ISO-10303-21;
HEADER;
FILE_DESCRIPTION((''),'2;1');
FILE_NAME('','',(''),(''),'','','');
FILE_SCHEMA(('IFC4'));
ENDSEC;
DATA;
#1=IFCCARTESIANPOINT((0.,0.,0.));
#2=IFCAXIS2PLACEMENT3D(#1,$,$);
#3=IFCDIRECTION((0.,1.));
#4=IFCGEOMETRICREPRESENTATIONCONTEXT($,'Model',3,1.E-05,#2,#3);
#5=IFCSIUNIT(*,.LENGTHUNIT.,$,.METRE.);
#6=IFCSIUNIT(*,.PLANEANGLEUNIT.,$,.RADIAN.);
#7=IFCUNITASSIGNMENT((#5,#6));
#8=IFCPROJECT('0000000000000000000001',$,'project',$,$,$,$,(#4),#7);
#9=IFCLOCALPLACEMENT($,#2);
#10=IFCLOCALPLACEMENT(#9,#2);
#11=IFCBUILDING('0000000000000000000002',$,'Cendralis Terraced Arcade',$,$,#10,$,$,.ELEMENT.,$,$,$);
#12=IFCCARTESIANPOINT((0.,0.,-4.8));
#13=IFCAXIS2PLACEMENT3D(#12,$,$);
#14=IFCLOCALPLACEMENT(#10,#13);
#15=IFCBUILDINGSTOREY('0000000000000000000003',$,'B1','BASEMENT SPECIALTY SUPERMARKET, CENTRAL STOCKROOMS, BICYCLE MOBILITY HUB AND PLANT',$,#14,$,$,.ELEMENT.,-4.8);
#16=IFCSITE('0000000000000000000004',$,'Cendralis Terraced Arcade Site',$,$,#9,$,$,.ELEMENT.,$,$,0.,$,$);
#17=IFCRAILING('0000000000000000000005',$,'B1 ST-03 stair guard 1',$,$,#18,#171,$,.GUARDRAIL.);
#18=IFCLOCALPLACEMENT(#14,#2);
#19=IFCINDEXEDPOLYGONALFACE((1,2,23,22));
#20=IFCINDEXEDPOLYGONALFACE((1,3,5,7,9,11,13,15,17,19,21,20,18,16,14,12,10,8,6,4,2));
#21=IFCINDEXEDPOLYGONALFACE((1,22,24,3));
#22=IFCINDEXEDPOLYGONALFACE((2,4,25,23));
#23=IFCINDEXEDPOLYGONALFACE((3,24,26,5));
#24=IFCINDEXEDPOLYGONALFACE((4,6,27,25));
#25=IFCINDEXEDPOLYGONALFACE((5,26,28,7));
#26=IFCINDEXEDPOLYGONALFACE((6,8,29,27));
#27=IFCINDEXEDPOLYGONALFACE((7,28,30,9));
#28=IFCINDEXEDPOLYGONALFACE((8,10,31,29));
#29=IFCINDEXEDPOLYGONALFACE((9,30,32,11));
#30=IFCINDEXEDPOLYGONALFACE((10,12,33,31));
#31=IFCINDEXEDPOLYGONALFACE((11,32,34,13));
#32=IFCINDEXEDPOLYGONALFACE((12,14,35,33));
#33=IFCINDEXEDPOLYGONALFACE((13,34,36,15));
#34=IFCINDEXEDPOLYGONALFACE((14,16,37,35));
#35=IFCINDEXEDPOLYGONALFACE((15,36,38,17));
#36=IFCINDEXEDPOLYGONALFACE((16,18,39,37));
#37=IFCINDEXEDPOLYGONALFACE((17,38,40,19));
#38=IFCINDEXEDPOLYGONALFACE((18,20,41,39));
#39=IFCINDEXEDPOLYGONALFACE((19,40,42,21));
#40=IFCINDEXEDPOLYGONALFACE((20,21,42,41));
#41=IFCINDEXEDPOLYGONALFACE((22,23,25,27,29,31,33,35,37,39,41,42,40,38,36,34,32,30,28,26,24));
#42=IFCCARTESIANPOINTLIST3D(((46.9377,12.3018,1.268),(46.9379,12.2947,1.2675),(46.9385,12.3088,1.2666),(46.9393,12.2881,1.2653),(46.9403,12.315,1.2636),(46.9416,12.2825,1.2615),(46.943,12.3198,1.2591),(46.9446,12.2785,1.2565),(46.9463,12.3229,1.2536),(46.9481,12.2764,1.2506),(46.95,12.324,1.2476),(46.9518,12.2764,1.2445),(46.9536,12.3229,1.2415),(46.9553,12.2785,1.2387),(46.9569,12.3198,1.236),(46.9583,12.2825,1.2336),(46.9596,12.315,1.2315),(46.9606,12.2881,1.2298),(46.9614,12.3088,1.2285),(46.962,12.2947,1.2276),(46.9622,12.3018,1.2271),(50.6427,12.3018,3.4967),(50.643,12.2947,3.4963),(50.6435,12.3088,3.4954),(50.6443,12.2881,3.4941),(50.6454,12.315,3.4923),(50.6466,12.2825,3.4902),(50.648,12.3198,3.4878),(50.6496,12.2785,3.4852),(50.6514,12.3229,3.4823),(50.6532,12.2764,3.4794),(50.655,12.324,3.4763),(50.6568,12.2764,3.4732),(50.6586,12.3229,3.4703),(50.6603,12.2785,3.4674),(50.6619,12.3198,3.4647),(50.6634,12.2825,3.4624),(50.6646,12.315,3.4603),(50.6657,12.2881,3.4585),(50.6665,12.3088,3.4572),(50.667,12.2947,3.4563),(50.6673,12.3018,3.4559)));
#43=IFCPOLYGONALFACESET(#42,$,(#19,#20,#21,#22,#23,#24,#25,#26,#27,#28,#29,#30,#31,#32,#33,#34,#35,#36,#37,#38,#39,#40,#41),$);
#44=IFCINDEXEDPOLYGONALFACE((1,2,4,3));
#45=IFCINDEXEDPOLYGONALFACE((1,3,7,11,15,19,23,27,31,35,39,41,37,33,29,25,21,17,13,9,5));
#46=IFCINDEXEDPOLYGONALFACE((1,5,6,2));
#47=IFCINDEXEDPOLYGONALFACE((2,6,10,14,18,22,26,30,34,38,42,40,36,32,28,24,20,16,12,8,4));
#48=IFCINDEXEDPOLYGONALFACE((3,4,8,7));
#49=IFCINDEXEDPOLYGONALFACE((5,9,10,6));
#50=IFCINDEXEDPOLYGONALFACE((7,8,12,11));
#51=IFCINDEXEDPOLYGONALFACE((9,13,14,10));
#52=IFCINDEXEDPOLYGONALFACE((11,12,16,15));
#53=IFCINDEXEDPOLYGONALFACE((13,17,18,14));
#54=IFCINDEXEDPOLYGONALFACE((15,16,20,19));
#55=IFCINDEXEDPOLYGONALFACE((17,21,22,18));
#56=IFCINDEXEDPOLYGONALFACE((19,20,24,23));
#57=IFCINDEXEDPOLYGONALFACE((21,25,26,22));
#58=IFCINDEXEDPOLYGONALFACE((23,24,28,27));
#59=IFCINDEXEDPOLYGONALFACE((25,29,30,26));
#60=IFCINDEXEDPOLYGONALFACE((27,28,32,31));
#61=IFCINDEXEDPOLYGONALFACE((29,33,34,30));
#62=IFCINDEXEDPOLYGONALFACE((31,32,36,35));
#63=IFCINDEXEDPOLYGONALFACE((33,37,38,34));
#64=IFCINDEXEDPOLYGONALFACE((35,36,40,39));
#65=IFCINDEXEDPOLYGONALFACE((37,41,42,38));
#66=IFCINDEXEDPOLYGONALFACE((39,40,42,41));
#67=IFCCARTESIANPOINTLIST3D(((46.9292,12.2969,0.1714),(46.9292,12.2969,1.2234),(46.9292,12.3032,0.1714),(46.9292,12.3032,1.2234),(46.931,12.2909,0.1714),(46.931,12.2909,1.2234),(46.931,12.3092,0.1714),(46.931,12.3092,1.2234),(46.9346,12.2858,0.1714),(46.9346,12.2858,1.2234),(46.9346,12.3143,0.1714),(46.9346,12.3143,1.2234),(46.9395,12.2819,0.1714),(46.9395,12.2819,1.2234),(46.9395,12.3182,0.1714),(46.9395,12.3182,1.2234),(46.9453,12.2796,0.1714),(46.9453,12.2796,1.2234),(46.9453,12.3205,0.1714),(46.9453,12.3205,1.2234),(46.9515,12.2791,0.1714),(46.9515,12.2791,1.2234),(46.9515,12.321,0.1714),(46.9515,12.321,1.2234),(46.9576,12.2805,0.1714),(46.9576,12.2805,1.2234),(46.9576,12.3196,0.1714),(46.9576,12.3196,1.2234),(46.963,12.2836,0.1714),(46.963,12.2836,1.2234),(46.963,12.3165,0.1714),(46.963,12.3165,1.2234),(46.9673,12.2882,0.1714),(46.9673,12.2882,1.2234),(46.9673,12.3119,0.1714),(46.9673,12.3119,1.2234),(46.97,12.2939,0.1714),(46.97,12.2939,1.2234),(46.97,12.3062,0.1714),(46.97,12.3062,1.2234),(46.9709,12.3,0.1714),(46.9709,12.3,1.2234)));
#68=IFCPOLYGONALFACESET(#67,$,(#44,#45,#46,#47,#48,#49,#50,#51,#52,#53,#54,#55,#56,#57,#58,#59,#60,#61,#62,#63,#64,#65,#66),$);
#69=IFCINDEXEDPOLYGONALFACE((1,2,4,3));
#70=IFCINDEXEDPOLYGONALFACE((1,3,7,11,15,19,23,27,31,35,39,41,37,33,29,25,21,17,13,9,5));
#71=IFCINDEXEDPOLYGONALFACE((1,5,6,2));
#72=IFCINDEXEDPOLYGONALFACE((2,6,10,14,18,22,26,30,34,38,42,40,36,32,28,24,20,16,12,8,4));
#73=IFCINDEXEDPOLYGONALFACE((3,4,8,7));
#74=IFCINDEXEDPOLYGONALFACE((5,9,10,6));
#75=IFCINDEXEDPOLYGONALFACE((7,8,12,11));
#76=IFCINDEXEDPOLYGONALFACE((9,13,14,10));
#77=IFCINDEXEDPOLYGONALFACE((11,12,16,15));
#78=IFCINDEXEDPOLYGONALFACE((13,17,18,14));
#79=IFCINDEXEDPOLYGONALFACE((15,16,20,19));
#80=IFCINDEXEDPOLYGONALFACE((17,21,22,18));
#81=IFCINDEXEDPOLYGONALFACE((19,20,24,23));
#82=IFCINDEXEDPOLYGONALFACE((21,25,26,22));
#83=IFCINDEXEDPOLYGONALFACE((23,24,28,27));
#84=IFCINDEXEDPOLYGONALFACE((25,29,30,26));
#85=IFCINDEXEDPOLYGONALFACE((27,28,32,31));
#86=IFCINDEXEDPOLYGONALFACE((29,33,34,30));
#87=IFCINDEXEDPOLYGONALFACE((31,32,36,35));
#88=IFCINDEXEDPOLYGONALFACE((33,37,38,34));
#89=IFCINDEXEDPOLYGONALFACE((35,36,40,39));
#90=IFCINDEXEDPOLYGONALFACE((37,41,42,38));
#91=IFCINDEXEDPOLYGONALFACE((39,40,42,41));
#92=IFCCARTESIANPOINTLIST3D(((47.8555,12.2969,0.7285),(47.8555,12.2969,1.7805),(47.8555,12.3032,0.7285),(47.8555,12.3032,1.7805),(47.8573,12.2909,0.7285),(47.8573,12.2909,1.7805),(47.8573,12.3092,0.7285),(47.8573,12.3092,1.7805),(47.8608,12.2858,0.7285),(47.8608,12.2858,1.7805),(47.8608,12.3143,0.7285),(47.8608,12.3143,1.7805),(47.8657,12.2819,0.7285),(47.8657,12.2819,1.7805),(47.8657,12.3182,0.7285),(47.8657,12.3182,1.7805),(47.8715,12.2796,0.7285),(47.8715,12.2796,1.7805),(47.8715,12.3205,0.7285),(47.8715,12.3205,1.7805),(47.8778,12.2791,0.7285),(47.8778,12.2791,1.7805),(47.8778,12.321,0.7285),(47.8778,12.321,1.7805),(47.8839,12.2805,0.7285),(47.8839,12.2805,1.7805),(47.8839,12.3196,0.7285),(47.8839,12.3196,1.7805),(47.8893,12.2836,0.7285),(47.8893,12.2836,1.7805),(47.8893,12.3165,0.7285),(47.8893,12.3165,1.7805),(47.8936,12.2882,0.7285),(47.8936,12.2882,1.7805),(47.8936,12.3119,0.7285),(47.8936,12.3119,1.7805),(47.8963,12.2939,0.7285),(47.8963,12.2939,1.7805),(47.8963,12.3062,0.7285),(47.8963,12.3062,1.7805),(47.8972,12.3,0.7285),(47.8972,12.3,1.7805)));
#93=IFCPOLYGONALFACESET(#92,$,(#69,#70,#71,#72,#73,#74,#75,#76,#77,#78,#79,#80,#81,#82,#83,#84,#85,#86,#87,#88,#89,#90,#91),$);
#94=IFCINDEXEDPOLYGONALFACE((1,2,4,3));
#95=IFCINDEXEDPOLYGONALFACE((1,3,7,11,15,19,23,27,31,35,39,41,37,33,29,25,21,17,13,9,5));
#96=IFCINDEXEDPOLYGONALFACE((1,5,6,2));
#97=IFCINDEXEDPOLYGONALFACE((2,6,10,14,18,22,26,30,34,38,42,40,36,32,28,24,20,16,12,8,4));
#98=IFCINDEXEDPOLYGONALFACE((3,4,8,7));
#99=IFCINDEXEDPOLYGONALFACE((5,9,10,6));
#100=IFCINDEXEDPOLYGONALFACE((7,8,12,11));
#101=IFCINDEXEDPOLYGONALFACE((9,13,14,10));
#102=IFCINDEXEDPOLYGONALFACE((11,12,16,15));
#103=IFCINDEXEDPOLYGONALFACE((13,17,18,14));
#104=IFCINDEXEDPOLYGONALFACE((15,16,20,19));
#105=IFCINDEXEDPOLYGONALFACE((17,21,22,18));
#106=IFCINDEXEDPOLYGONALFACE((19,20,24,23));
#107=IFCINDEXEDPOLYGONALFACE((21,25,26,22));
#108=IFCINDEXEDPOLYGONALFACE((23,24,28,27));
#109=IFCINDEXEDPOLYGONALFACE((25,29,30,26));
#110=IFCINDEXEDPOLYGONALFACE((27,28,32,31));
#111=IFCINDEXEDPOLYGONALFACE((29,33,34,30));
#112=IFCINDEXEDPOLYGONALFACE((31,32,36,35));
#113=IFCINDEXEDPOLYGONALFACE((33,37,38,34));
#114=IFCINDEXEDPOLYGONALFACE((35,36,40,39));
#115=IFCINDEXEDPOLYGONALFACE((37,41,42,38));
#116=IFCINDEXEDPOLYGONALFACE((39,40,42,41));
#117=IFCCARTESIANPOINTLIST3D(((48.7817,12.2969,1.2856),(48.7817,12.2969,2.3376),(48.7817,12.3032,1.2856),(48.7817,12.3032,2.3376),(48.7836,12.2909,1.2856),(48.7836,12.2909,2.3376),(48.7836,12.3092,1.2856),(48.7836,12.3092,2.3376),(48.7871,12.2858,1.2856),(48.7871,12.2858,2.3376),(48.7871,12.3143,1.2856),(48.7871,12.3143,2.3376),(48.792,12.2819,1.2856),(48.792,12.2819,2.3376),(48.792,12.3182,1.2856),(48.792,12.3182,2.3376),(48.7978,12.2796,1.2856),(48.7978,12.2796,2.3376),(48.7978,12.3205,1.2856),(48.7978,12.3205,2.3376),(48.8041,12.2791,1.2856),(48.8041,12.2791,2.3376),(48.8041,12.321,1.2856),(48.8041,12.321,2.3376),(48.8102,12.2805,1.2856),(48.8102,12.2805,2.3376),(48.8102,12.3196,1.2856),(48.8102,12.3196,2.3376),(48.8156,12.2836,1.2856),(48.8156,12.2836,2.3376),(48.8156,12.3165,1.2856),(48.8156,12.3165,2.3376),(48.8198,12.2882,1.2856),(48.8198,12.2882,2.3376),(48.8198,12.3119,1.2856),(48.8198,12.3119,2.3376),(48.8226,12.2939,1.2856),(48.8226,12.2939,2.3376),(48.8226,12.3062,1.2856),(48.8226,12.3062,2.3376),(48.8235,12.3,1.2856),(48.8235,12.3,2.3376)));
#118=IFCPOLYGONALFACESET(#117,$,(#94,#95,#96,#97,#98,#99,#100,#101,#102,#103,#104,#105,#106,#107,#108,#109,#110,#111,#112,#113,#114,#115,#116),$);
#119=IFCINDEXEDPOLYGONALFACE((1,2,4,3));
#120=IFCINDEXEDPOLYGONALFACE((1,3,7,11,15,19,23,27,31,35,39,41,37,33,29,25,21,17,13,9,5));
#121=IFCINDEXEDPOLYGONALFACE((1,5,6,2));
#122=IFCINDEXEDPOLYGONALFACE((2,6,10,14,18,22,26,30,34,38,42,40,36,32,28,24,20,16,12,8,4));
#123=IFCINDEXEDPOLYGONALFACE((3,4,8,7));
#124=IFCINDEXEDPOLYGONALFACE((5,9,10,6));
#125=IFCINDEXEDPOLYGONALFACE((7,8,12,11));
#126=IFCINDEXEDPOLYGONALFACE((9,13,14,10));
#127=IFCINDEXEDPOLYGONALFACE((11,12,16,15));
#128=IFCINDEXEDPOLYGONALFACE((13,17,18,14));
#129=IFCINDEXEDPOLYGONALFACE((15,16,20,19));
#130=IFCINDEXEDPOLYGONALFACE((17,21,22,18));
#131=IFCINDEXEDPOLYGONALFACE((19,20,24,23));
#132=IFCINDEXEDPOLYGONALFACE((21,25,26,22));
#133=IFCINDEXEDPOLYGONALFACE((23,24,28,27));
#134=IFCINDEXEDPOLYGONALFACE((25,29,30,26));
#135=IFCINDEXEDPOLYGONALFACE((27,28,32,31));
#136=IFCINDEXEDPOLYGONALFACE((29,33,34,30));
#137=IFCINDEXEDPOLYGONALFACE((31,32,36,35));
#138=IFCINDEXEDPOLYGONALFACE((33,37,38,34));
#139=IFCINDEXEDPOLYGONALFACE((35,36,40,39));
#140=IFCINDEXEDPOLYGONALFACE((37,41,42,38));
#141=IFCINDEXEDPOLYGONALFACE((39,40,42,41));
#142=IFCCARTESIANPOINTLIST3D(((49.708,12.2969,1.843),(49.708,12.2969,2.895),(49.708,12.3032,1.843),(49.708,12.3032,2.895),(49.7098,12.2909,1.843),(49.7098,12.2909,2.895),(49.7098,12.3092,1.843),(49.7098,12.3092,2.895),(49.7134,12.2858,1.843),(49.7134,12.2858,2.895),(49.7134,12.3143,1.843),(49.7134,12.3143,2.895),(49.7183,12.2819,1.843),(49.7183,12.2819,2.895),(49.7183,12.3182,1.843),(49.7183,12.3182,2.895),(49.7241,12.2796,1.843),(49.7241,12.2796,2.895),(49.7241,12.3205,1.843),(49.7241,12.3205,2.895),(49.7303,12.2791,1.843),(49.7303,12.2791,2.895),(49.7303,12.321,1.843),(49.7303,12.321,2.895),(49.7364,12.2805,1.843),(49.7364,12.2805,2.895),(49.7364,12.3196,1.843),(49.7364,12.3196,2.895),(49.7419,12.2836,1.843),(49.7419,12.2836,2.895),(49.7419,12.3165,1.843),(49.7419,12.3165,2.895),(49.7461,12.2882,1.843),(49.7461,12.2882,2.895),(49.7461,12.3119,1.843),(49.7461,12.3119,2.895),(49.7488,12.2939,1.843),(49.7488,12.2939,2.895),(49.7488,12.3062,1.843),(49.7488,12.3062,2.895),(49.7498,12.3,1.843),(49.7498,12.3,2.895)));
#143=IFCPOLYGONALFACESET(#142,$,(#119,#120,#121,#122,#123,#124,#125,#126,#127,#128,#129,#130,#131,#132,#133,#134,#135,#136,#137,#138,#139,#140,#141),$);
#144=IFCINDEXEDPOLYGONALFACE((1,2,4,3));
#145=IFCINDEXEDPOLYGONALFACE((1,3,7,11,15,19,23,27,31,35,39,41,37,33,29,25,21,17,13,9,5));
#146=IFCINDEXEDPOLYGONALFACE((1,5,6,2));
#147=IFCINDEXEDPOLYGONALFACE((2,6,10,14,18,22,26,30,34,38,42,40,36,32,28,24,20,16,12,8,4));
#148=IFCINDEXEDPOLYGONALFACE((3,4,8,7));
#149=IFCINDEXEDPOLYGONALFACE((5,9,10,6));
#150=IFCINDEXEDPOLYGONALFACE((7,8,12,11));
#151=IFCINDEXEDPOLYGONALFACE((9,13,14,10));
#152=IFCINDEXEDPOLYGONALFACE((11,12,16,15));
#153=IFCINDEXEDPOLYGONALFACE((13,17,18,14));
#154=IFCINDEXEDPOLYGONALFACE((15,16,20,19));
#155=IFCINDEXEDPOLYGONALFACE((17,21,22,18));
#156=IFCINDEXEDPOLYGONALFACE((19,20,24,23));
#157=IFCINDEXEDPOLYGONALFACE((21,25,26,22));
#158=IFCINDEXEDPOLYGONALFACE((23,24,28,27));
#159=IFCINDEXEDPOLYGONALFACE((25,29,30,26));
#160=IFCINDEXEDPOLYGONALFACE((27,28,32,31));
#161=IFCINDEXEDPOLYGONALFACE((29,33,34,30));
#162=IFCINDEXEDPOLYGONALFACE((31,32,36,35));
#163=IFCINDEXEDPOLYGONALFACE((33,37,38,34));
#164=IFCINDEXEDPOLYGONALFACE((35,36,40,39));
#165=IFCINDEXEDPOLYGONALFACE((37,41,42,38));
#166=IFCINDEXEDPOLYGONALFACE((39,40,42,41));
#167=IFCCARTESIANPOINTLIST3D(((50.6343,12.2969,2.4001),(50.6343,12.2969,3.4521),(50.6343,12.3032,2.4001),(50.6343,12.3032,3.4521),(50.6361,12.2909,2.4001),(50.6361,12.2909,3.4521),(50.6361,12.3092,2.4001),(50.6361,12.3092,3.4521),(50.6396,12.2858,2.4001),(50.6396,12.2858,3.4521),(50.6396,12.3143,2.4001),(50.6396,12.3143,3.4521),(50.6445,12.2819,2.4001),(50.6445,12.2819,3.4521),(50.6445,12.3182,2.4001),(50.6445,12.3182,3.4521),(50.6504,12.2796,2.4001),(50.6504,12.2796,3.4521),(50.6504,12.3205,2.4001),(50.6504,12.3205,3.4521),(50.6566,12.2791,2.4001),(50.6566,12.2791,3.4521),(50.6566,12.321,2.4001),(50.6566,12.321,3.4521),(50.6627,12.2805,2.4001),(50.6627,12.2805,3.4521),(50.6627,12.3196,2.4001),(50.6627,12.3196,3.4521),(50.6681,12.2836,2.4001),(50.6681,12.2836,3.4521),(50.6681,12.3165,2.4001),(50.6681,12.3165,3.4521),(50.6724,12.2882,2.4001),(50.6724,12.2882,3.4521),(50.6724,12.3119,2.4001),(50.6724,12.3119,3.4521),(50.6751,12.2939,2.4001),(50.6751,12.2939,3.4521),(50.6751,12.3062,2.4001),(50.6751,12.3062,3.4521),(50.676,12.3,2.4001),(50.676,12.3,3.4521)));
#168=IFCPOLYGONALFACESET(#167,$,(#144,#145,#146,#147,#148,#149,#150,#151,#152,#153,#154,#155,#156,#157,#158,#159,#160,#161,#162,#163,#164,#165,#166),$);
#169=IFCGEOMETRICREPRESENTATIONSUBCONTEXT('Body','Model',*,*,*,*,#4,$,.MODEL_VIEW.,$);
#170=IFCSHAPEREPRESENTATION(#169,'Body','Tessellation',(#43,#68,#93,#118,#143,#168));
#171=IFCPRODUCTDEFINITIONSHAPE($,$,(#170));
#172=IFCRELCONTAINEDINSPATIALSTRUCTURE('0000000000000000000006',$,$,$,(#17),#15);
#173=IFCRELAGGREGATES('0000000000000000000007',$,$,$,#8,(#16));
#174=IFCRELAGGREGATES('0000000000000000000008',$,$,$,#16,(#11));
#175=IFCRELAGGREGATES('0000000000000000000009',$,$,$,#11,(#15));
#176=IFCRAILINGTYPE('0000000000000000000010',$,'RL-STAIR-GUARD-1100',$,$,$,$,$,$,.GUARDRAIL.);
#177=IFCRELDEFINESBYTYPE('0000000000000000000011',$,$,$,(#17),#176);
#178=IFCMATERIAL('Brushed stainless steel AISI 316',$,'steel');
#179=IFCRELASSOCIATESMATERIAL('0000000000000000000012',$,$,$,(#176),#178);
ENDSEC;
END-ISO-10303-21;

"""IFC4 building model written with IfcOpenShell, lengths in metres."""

from ifc_helpers import new_model, si_unit, direction, frame, origin, origin_2d, place, context, subcontext, project, spatial, circle, extrude, material, type_object, element, save


model = new_model("IFC4")

# Units and contexts
model_context = context("Model", 3, precision=1e-05, world=origin(), true_north=direction((0.0, 1.0)))
body_context = subcontext(model_context, "Body", "Model", "MODEL_VIEW")
ifc_project = project(units=[si_unit("LENGTHUNIT", "METRE"), si_unit("PLANEANGLEUNIT", "RADIAN")], contexts=[model_context])

# Site, building, storey
site_placement = place(None, origin())
site = spatial("IfcSite", under=ifc_project, at=site_placement, Name="Cendralis Terraced Arcade Site", CompositionType="ELEMENT", RefElevation=0.0)
building_placement = place(site_placement, origin())
building = spatial("IfcBuilding", under=site, at=building_placement, Name="Cendralis Terraced Arcade", CompositionType="ELEMENT")
storey_placement = place(building_placement, frame((0.0, 0.0, -4.8)))
storey = spatial("IfcBuildingStorey", under=building, at=storey_placement, Name="B1", Description="BASEMENT SPECIALTY SUPERMARKET, CENTRAL STOCKROOMS, BICYCLE MOBILITY HUB AND PLANT", CompositionType="ELEMENT", Elevation=-4.8)

# Railing
ifc_material_1 = material(Name="Brushed stainless steel AISI 316", Category="steel")
railing_type_1 = type_object("IfcRailingType", Name="RL-STAIR-GUARD-1100", PredefinedType="GUARDRAIL", material=ifc_material_1)
railing_1_placement = place(storey_placement, frame((46.95, 12.3, 0.1714)))
element("IfcRailing", 1, at=railing_1_placement, inside=storey, type_object=railing_type_1, Name="B1 ST-03 stair guard 1", PredefinedType="GUARDRAIL", context=body_context, shape_type="SweptSolid", body=[
    extrude(circle(Radius=0.0239, at=origin_2d()), frame((0.0, 0.0, 1.0762), z_axis=(0.856909, 0.0, 0.515467), x_axis=(0.0, 1.0, 0.0)), (0.0, 0.0, 1.0), 4.3237),
    extrude(circle(Radius=0.021, at=origin_2d()), origin(), (0.0, 0.0, 1.0), 1.052),
    extrude(circle(Radius=0.021, at=origin_2d()), frame((0.9263, 0.0, 0.5571)), (0.0, 0.0, 1.0), 1.052),
    extrude(circle(Radius=0.021, at=origin_2d()), frame((1.8525, 0.0, 1.1143)), (0.0, 0.0, 1.0), 1.052),
    extrude(circle(Radius=0.021, at=origin_2d()), frame((2.7788, 0.0, 1.6716)), (0.0, 0.0, 1.0), 1.052),
    extrude(circle(Radius=0.021, at=origin_2d()), frame((3.7051, 0.0, 2.2288)), (0.0, 0.0, 1.0), 1.052),
])

save(model, "model.ifc")
